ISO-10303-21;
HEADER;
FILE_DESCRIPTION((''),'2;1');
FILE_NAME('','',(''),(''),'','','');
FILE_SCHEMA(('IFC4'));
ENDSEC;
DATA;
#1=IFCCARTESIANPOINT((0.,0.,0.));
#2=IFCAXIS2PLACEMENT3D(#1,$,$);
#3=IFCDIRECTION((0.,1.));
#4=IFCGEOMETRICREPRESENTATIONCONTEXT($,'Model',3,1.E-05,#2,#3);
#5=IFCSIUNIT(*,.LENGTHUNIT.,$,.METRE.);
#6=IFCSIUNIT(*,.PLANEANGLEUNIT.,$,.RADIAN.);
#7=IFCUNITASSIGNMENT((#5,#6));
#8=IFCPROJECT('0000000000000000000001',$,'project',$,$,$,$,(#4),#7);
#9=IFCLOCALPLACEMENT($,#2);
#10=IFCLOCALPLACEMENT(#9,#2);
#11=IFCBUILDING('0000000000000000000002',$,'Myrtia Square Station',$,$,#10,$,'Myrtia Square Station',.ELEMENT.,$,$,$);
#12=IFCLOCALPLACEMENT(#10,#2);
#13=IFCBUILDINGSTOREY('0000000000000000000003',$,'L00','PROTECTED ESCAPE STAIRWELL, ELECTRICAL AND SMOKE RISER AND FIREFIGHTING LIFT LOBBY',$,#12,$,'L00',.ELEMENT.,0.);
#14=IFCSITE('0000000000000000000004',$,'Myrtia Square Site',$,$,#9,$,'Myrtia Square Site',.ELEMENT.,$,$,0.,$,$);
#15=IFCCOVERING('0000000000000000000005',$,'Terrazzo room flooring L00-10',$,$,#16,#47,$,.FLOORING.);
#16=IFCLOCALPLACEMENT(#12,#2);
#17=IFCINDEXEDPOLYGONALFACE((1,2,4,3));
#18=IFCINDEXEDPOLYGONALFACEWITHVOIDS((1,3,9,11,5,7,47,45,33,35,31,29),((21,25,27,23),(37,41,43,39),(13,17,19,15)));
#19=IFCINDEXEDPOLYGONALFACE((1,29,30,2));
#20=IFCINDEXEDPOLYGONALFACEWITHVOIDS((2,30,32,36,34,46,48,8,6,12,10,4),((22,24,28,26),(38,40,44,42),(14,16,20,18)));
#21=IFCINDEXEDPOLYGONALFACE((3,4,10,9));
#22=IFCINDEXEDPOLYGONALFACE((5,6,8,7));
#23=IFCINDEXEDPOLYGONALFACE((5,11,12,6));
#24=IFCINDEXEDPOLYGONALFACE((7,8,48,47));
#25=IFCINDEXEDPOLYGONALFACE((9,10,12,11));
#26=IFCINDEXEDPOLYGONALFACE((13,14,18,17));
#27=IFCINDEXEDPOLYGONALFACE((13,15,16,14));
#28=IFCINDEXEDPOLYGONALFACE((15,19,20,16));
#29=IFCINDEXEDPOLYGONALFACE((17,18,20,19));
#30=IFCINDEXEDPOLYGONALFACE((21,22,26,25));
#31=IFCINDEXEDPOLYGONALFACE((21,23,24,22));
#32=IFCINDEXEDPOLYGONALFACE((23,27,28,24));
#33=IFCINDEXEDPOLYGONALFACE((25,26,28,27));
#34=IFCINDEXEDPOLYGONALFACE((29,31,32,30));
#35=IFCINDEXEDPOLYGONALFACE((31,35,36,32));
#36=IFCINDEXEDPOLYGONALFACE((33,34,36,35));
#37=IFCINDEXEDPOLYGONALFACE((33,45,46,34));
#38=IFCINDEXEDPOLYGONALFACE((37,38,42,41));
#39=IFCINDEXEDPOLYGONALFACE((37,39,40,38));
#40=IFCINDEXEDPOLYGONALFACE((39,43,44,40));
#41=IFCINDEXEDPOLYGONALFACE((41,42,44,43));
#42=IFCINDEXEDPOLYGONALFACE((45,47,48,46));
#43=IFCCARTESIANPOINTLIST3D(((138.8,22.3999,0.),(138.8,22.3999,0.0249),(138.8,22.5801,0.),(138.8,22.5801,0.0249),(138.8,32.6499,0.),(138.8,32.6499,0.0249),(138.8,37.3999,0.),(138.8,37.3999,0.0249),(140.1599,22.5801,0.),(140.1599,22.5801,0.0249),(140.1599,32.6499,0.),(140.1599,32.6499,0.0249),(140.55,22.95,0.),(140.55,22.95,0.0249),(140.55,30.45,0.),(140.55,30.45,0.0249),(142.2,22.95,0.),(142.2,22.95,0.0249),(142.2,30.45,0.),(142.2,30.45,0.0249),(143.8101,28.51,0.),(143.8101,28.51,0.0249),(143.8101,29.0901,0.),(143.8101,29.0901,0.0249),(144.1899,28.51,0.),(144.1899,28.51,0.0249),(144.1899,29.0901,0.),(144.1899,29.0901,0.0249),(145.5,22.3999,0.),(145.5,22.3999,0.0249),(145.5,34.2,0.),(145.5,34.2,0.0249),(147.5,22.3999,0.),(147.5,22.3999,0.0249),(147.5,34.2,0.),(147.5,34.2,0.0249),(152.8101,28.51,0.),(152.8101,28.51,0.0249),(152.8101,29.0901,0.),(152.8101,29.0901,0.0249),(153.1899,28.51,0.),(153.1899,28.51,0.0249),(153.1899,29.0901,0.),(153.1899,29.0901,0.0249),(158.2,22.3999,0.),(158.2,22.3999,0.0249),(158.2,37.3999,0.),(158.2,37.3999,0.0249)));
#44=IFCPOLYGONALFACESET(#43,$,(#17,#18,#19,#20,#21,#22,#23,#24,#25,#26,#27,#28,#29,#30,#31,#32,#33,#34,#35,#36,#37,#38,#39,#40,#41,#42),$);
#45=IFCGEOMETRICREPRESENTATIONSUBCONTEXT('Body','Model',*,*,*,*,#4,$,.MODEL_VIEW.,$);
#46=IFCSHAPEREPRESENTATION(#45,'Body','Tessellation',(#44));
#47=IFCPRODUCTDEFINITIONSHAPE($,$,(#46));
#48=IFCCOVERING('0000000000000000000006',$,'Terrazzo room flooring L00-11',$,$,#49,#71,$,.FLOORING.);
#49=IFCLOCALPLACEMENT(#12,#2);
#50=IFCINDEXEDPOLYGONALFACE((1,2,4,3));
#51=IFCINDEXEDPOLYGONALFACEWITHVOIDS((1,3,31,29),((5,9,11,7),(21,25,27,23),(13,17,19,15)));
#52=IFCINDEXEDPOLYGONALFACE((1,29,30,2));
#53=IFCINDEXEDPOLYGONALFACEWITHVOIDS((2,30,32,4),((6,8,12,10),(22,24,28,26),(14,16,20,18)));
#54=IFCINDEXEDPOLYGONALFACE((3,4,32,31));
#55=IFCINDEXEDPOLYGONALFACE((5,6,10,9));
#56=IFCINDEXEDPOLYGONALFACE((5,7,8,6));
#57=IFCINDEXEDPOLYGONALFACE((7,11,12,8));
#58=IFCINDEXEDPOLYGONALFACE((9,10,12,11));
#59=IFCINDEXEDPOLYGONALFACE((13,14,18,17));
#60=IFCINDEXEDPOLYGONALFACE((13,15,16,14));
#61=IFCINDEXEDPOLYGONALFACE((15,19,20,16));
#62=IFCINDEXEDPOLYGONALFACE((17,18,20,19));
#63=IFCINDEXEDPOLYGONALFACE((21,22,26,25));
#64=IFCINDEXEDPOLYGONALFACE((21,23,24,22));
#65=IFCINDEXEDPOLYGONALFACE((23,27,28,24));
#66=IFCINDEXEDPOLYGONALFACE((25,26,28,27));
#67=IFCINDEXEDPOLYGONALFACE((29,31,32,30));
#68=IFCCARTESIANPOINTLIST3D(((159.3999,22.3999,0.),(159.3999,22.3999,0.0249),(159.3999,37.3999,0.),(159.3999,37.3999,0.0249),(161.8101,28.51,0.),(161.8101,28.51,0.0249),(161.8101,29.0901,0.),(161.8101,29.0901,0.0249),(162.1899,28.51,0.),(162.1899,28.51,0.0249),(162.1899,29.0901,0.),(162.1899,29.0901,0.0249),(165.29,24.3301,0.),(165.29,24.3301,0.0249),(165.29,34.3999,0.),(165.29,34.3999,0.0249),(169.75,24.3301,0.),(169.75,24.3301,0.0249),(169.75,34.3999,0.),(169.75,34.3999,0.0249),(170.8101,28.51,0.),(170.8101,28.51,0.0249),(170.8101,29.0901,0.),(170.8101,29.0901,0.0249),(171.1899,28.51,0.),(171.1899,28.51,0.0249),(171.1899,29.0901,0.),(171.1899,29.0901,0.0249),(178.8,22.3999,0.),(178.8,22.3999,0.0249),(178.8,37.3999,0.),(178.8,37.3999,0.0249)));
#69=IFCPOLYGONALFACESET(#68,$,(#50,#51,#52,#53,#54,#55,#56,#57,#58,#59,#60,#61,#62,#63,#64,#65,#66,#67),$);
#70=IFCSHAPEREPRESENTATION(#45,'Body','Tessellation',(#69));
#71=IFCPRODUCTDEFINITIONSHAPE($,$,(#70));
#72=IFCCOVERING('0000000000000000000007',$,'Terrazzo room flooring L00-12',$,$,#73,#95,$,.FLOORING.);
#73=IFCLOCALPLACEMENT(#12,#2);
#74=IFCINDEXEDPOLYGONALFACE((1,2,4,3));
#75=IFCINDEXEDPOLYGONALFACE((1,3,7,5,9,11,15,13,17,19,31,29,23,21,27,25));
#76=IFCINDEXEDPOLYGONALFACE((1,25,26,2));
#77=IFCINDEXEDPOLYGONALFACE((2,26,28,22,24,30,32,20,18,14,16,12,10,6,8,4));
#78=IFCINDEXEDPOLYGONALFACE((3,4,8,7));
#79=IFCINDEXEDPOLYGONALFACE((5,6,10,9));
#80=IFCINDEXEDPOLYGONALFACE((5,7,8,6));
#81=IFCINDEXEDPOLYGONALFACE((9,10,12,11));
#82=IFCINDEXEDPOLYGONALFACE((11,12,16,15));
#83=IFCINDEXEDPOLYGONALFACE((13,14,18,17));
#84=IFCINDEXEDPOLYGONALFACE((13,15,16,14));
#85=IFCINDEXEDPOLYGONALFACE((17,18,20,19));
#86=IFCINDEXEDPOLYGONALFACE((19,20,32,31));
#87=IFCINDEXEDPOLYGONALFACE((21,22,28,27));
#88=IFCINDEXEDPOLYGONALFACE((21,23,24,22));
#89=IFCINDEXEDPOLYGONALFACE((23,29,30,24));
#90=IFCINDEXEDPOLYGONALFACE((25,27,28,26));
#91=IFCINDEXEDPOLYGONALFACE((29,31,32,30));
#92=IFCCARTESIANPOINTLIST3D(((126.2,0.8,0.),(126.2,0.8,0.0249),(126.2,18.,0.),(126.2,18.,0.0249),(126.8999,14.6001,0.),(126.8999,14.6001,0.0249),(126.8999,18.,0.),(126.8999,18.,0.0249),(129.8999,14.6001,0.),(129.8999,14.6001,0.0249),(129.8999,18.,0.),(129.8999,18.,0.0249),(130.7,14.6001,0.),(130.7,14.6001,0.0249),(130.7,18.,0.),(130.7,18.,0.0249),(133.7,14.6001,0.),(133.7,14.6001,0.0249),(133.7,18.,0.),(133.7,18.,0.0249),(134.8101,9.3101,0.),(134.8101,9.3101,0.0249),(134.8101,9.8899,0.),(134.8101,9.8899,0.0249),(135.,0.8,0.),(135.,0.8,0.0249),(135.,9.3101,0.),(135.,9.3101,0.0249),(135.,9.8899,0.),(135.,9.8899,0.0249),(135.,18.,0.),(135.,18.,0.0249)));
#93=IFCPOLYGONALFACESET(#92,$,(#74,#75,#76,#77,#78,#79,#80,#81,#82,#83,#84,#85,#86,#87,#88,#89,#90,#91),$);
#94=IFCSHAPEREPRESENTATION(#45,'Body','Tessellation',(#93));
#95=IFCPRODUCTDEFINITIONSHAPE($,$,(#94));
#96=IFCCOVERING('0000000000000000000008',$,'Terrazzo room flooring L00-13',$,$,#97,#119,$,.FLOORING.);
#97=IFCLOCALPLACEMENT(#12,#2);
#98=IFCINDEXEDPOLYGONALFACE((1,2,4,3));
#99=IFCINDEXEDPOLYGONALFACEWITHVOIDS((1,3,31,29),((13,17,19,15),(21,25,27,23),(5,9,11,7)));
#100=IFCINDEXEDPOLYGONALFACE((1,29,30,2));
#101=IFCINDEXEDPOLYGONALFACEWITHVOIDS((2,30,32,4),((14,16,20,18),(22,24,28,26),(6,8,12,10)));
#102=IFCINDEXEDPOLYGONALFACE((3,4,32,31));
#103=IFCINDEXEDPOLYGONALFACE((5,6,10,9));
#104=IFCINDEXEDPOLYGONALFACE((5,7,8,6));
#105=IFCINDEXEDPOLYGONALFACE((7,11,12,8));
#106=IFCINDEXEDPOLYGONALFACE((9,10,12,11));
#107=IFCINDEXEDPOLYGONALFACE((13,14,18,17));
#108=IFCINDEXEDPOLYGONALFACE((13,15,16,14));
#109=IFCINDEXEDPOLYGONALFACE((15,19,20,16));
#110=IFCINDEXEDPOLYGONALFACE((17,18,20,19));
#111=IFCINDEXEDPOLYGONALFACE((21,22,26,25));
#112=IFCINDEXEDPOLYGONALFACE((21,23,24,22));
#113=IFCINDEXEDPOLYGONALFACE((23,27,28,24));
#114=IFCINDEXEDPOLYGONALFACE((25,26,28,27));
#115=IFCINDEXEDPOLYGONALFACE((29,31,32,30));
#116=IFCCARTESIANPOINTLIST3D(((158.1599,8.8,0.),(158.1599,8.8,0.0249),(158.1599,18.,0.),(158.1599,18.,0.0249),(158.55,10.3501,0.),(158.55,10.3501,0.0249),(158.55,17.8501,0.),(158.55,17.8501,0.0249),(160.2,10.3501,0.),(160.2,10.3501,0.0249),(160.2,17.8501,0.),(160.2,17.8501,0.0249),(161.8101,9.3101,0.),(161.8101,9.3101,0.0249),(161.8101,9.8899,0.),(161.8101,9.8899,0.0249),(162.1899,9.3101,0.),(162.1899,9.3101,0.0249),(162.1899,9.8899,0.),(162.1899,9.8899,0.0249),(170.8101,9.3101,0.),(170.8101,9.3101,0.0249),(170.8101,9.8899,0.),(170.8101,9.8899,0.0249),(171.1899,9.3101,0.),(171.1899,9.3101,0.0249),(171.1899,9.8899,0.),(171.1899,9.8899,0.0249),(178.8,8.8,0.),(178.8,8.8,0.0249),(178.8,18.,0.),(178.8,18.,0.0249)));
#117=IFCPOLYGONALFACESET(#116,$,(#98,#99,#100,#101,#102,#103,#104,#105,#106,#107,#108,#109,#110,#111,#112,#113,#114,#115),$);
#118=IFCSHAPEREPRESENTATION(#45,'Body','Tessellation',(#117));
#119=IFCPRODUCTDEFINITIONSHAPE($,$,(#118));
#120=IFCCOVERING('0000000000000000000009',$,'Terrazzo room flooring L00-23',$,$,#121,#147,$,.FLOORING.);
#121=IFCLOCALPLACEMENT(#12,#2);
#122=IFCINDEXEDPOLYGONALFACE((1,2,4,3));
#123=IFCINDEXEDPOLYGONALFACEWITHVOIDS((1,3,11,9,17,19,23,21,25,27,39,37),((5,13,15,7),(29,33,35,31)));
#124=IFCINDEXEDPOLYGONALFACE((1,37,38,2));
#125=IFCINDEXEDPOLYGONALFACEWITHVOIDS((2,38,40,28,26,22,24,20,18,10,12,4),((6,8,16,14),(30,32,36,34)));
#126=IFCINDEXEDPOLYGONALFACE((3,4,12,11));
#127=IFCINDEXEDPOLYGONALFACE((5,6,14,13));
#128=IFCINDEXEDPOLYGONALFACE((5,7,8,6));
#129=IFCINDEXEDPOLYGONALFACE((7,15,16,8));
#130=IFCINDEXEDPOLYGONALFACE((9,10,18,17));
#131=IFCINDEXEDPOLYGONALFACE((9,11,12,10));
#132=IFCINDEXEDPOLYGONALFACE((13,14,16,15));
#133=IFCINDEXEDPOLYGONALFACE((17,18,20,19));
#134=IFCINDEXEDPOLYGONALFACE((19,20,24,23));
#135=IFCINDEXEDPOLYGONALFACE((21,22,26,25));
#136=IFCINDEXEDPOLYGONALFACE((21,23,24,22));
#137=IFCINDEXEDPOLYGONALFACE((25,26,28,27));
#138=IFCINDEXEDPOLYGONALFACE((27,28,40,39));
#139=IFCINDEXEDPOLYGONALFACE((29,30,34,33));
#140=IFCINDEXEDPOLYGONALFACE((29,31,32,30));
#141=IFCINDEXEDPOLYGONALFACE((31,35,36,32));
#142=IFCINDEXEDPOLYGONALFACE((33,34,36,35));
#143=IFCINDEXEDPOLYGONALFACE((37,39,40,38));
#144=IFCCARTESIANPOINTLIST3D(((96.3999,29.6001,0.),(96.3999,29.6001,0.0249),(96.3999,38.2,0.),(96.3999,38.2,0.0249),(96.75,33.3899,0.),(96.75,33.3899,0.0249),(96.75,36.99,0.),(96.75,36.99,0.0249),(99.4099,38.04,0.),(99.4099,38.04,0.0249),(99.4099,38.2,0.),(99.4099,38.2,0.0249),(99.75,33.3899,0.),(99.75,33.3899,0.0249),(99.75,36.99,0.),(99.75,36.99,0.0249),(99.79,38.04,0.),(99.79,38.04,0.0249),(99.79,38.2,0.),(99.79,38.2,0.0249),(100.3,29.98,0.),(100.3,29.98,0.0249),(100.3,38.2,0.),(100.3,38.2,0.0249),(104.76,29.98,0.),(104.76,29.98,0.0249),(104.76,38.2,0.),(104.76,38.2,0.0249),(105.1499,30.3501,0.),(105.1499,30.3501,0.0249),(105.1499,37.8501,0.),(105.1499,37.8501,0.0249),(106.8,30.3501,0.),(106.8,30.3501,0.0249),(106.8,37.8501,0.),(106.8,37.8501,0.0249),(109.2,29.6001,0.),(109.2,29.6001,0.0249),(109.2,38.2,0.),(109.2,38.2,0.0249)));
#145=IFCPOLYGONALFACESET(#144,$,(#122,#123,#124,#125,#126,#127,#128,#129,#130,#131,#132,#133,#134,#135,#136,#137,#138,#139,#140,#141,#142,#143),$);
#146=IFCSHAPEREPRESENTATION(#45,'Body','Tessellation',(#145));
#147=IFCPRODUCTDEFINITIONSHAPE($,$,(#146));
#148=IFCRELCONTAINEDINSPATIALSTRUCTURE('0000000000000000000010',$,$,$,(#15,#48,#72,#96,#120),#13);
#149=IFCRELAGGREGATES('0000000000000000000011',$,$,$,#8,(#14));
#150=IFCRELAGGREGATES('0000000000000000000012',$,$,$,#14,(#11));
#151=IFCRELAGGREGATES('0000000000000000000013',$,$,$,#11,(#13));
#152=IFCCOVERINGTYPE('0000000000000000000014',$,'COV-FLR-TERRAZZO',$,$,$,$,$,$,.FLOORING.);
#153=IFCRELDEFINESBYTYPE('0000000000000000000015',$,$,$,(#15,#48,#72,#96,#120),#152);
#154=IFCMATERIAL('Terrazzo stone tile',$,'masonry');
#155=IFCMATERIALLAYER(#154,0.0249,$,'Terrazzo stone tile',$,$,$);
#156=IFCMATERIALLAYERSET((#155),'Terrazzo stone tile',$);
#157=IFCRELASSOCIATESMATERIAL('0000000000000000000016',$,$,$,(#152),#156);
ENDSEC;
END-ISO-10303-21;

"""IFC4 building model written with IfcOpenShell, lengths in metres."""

from ifc_helpers import new_model, si_unit, direction, origin, place, context, subcontext, project, spatial, polyline, outline, extrude, material, layer, layer_set, type_object, element, save


model = new_model("IFC4")

# Units and contexts
model_context = context("Model", 3, precision=1e-05, world=origin(), true_north=direction((0.0, 1.0)))
body_context = subcontext(model_context, "Body", "Model", "MODEL_VIEW")
ifc_project = project(units=[si_unit("LENGTHUNIT", "METRE"), si_unit("PLANEANGLEUNIT", "RADIAN")], contexts=[model_context])

# Site, building, storey
site_placement = place(None, origin())
site = spatial("IfcSite", under=ifc_project, at=site_placement, Name="Myrtia Square Site", LongName="Myrtia Square Site", CompositionType="ELEMENT", RefElevation=0.0)
building_placement = place(site_placement, origin())
building = spatial("IfcBuilding", under=site, at=building_placement, Name="Myrtia Square Station", LongName="Myrtia Square Station", CompositionType="ELEMENT")
storey_placement = place(building_placement, origin())
storey = spatial("IfcBuildingStorey", under=building, at=storey_placement, Name="L00", Description="PROTECTED ESCAPE STAIRWELL, ELECTRICAL AND SMOKE RISER AND FIREFIGHTING LIFT LOBBY", LongName="L00", CompositionType="ELEMENT", Elevation=0.0)

# Coverings
ifc_material_1 = material(Name="Terrazzo stone tile", Category="masonry")
ifc_layer_1 = layer(ifc_material_1, 0.0249, Name="Terrazzo stone tile")
ifc_layer_set_1 = layer_set([ifc_layer_1], Name="Terrazzo stone tile")
covering_type_1 = type_object("IfcCoveringType", Name="COV-FLR-TERRAZZO", PredefinedType="FLOORING", material=ifc_layer_set_1)
covering_1_placement = place(storey_placement, origin())
element("IfcCovering", 1, at=covering_1_placement, inside=storey, type_object=covering_type_1, Name="Terrazzo room flooring L00-10", PredefinedType="FLOORING", context=body_context, shape_type="SweptSolid", body=[
    extrude(outline(polyline([(158.2, 37.3999), (158.2, 22.3999), (147.5, 22.3999), (147.5, 34.2), (145.5, 34.2), (145.5, 22.3999), (138.8, 22.3999), (138.8, 22.5801), (140.1599, 22.5801), (140.1599, 32.6499), (138.8, 32.6499), (138.8, 37.3999), (158.2, 37.3999)]), holes=[polyline([(140.55, 30.45), (140.55, 22.95), (142.2, 22.95), (142.2, 30.45), (140.55, 30.45)]), polyline([(144.1899, 29.0901), (143.8101, 29.0901), (143.8101, 28.51), (144.1899, 28.51), (144.1899, 29.0901)]), polyline([(153.1899, 28.51), (153.1899, 29.0901), (152.8101, 29.0901), (152.8101, 28.51), (153.1899, 28.51)])]), origin(), (0.0, 0.0, 1.0), 0.0249),
])
covering_2_placement = place(storey_placement, origin())
element("IfcCovering", 2, at=covering_2_placement, inside=storey, type_object=covering_type_1, Name="Terrazzo room flooring L00-11", PredefinedType="FLOORING", context=body_context, shape_type="SweptSolid", body=[
    extrude(outline(polyline([(159.3999, 37.3999), (178.8, 37.3999), (178.8, 22.3999), (159.3999, 22.3999), (159.3999, 37.3999)]), holes=[polyline([(162.1899, 28.51), (162.1899, 29.0901), (161.8101, 29.0901), (161.8101, 28.51), (162.1899, 28.51)]), polyline([(171.1899, 29.0901), (170.8101, 29.0901), (170.8101, 28.51), (171.1899, 28.51), (171.1899, 29.0901)]), polyline([(169.75, 34.3999), (165.29, 34.3999), (165.29, 24.3301), (169.75, 24.3301), (169.75, 34.3999)])]), origin(), (0.0, 0.0, 1.0), 0.0249),
])
covering_3_placement = place(storey_placement, origin())
element("IfcCovering", 3, at=covering_3_placement, inside=storey, type_object=covering_type_1, Name="Terrazzo room flooring L00-12", PredefinedType="FLOORING", context=body_context, shape_type="SweptSolid", body=[
    extrude(outline(polyline([(126.2, 18.0), (126.8999, 18.0), (126.8999, 14.6001), (129.8999, 14.6001), (129.8999, 18.0), (130.7, 18.0), (130.7, 14.6001), (133.7, 14.6001), (133.7, 18.0), (135.0, 18.0), (135.0, 9.8899), (134.8101, 9.8899), (134.8101, 9.3101), (135.0, 9.3101), (135.0, 0.8), (126.2, 0.8), (126.2, 18.0)])), origin(), (0.0, 0.0, 1.0), 0.0249),
])
covering_4_placement = place(storey_placement, origin())
element("IfcCovering", 4, at=covering_4_placement, inside=storey, type_object=covering_type_1, Name="Terrazzo room flooring L00-13", PredefinedType="FLOORING", context=body_context, shape_type="SweptSolid", body=[
    extrude(outline(polyline([(178.8, 18.0), (178.8, 8.8), (158.1599, 8.8), (158.1599, 18.0), (178.8, 18.0)]), holes=[polyline([(158.55, 10.3501), (160.2, 10.3501), (160.2, 17.8501), (158.55, 17.8501), (158.55, 10.3501)]), polyline([(162.1899, 9.8899), (161.8101, 9.8899), (161.8101, 9.3101), (162.1899, 9.3101), (162.1899, 9.8899)]), polyline([(171.1899, 9.8899), (170.8101, 9.8899), (170.8101, 9.3101), (171.1899, 9.3101), (171.1899, 9.8899)])]), origin(), (0.0, 0.0, 1.0), 0.0249),
])
covering_5_placement = place(storey_placement, origin())
element("IfcCovering", 5, at=covering_5_placement, inside=storey, type_object=covering_type_1, Name="Terrazzo room flooring L00-23", PredefinedType="FLOORING", context=body_context, shape_type="SweptSolid", body=[
    extrude(outline(polyline([(96.3999, 38.2), (99.4099, 38.2), (99.4099, 38.04), (99.79, 38.04), (99.79, 38.2), (100.3, 38.2), (100.3, 29.98), (104.76, 29.98), (104.76, 38.2), (109.2, 38.2), (109.2, 29.6001), (96.3999, 29.6001), (96.3999, 38.2)]), holes=[polyline([(106.8, 30.3501), (106.8, 37.8501), (105.1499, 37.8501), (105.1499, 30.3501), (106.8, 30.3501)]), polyline([(99.75, 33.3899), (99.75, 36.99), (96.75, 36.99), (96.75, 33.3899), (99.75, 33.3899)])]), origin(), (0.0, 0.0, 1.0), 0.0249),
])

save(model, "model.ifc")
